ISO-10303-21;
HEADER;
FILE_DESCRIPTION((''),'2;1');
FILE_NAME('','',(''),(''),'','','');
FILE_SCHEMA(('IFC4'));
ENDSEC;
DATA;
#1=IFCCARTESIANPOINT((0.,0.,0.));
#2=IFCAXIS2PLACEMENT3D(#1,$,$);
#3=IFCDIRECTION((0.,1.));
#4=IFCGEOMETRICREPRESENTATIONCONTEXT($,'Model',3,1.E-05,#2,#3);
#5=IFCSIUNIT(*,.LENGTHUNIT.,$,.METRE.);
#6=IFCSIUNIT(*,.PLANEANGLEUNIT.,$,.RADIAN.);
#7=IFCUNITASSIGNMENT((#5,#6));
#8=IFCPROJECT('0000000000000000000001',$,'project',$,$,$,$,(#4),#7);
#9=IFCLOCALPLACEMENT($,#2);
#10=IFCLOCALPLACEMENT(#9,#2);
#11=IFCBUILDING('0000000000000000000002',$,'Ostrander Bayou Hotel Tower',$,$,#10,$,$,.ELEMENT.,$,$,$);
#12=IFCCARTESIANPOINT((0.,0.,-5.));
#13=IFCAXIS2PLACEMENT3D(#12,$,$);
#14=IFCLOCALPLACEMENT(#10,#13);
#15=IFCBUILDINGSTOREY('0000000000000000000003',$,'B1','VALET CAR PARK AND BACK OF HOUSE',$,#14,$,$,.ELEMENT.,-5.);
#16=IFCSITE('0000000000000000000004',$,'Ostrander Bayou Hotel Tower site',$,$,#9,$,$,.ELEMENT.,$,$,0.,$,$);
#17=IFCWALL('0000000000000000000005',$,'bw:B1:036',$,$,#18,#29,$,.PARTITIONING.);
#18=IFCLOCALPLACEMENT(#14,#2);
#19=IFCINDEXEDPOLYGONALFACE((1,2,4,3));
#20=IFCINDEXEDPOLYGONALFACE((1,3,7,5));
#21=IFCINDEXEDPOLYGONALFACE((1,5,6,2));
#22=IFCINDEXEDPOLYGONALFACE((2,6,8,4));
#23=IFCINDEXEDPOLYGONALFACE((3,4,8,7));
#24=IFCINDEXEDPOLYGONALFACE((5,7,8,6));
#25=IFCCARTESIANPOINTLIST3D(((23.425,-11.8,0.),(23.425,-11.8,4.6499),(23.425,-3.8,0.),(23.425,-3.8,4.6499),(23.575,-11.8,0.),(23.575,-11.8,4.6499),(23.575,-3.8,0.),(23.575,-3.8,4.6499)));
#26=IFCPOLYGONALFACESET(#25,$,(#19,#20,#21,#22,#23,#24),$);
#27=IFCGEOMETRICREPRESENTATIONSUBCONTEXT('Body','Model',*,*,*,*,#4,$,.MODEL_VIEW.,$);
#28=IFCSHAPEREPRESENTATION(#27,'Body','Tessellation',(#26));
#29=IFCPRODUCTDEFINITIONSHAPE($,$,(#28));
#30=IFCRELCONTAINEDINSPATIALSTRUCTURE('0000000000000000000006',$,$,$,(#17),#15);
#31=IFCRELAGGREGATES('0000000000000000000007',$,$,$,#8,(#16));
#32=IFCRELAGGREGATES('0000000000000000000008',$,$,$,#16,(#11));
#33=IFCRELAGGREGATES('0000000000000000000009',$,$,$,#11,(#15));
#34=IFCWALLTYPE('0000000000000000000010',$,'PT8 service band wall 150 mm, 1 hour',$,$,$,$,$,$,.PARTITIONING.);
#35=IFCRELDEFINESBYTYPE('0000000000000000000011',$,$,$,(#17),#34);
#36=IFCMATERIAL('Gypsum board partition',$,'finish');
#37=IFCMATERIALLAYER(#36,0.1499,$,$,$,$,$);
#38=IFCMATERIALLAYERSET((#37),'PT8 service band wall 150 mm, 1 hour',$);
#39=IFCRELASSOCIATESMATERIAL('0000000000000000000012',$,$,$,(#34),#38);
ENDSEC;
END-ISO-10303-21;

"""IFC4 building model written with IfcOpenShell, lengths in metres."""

from ifc_helpers import new_model, si_unit, direction, frame, frame_2d, origin, place, context, subcontext, project, spatial, rectangle, extrude, material, layer, layer_set, type_object, element, save


model = new_model("IFC4")

# Units and contexts
model_context = context("Model", 3, precision=1e-05, world=origin(), true_north=direction((0.0, 1.0)))
body_context = subcontext(model_context, "Body", "Model", "MODEL_VIEW")
ifc_project = project(units=[si_unit("LENGTHUNIT", "METRE"), si_unit("PLANEANGLEUNIT", "RADIAN")], contexts=[model_context])

# Site, building, storey
site_placement = place(None, origin())
site = spatial("IfcSite", under=ifc_project, at=site_placement, Name="Ostrander Bayou Hotel Tower site", CompositionType="ELEMENT", RefElevation=0.0)
building_placement = place(site_placement, origin())
building = spatial("IfcBuilding", under=site, at=building_placement, Name="Ostrander Bayou Hotel Tower", CompositionType="ELEMENT")
storey_placement = place(building_placement, frame((0.0, 0.0, -5.0)))
storey = spatial("IfcBuildingStorey", under=building, at=storey_placement, Name="B1", Description="VALET CAR PARK AND BACK OF HOUSE", CompositionType="ELEMENT", Elevation=-5.0)

# Wall
ifc_material_1 = material(Name="Gypsum board partition", Category="finish")
ifc_layer_1 = layer(ifc_material_1, 0.1499)
ifc_layer_set_1 = layer_set([ifc_layer_1], Name="PT8 service band wall 150 mm, 1 hour")
wall_type_1 = type_object("IfcWallType", Name="PT8 service band wall 150 mm, 1 hour", PredefinedType="PARTITIONING", material=ifc_layer_set_1)
wall_1_placement = place(storey_placement, frame((23.5, -3.8, 0.0), z_axis=(0.0, 0.0, 1.0), x_axis=(0.0, -1.0, 0.0)))
element("IfcWall", 1, at=wall_1_placement, inside=storey, type_object=wall_type_1, Name="bw:B1:036", PredefinedType="PARTITIONING", context=body_context, shape_type="SweptSolid", body=[
    extrude(rectangle(XDim=8.0, YDim=0.1499, at=frame_2d((4.0, 0.0))), origin(), (0.0, 0.0, 1.0), 4.6499),
])

save(model, "model.ifc")
